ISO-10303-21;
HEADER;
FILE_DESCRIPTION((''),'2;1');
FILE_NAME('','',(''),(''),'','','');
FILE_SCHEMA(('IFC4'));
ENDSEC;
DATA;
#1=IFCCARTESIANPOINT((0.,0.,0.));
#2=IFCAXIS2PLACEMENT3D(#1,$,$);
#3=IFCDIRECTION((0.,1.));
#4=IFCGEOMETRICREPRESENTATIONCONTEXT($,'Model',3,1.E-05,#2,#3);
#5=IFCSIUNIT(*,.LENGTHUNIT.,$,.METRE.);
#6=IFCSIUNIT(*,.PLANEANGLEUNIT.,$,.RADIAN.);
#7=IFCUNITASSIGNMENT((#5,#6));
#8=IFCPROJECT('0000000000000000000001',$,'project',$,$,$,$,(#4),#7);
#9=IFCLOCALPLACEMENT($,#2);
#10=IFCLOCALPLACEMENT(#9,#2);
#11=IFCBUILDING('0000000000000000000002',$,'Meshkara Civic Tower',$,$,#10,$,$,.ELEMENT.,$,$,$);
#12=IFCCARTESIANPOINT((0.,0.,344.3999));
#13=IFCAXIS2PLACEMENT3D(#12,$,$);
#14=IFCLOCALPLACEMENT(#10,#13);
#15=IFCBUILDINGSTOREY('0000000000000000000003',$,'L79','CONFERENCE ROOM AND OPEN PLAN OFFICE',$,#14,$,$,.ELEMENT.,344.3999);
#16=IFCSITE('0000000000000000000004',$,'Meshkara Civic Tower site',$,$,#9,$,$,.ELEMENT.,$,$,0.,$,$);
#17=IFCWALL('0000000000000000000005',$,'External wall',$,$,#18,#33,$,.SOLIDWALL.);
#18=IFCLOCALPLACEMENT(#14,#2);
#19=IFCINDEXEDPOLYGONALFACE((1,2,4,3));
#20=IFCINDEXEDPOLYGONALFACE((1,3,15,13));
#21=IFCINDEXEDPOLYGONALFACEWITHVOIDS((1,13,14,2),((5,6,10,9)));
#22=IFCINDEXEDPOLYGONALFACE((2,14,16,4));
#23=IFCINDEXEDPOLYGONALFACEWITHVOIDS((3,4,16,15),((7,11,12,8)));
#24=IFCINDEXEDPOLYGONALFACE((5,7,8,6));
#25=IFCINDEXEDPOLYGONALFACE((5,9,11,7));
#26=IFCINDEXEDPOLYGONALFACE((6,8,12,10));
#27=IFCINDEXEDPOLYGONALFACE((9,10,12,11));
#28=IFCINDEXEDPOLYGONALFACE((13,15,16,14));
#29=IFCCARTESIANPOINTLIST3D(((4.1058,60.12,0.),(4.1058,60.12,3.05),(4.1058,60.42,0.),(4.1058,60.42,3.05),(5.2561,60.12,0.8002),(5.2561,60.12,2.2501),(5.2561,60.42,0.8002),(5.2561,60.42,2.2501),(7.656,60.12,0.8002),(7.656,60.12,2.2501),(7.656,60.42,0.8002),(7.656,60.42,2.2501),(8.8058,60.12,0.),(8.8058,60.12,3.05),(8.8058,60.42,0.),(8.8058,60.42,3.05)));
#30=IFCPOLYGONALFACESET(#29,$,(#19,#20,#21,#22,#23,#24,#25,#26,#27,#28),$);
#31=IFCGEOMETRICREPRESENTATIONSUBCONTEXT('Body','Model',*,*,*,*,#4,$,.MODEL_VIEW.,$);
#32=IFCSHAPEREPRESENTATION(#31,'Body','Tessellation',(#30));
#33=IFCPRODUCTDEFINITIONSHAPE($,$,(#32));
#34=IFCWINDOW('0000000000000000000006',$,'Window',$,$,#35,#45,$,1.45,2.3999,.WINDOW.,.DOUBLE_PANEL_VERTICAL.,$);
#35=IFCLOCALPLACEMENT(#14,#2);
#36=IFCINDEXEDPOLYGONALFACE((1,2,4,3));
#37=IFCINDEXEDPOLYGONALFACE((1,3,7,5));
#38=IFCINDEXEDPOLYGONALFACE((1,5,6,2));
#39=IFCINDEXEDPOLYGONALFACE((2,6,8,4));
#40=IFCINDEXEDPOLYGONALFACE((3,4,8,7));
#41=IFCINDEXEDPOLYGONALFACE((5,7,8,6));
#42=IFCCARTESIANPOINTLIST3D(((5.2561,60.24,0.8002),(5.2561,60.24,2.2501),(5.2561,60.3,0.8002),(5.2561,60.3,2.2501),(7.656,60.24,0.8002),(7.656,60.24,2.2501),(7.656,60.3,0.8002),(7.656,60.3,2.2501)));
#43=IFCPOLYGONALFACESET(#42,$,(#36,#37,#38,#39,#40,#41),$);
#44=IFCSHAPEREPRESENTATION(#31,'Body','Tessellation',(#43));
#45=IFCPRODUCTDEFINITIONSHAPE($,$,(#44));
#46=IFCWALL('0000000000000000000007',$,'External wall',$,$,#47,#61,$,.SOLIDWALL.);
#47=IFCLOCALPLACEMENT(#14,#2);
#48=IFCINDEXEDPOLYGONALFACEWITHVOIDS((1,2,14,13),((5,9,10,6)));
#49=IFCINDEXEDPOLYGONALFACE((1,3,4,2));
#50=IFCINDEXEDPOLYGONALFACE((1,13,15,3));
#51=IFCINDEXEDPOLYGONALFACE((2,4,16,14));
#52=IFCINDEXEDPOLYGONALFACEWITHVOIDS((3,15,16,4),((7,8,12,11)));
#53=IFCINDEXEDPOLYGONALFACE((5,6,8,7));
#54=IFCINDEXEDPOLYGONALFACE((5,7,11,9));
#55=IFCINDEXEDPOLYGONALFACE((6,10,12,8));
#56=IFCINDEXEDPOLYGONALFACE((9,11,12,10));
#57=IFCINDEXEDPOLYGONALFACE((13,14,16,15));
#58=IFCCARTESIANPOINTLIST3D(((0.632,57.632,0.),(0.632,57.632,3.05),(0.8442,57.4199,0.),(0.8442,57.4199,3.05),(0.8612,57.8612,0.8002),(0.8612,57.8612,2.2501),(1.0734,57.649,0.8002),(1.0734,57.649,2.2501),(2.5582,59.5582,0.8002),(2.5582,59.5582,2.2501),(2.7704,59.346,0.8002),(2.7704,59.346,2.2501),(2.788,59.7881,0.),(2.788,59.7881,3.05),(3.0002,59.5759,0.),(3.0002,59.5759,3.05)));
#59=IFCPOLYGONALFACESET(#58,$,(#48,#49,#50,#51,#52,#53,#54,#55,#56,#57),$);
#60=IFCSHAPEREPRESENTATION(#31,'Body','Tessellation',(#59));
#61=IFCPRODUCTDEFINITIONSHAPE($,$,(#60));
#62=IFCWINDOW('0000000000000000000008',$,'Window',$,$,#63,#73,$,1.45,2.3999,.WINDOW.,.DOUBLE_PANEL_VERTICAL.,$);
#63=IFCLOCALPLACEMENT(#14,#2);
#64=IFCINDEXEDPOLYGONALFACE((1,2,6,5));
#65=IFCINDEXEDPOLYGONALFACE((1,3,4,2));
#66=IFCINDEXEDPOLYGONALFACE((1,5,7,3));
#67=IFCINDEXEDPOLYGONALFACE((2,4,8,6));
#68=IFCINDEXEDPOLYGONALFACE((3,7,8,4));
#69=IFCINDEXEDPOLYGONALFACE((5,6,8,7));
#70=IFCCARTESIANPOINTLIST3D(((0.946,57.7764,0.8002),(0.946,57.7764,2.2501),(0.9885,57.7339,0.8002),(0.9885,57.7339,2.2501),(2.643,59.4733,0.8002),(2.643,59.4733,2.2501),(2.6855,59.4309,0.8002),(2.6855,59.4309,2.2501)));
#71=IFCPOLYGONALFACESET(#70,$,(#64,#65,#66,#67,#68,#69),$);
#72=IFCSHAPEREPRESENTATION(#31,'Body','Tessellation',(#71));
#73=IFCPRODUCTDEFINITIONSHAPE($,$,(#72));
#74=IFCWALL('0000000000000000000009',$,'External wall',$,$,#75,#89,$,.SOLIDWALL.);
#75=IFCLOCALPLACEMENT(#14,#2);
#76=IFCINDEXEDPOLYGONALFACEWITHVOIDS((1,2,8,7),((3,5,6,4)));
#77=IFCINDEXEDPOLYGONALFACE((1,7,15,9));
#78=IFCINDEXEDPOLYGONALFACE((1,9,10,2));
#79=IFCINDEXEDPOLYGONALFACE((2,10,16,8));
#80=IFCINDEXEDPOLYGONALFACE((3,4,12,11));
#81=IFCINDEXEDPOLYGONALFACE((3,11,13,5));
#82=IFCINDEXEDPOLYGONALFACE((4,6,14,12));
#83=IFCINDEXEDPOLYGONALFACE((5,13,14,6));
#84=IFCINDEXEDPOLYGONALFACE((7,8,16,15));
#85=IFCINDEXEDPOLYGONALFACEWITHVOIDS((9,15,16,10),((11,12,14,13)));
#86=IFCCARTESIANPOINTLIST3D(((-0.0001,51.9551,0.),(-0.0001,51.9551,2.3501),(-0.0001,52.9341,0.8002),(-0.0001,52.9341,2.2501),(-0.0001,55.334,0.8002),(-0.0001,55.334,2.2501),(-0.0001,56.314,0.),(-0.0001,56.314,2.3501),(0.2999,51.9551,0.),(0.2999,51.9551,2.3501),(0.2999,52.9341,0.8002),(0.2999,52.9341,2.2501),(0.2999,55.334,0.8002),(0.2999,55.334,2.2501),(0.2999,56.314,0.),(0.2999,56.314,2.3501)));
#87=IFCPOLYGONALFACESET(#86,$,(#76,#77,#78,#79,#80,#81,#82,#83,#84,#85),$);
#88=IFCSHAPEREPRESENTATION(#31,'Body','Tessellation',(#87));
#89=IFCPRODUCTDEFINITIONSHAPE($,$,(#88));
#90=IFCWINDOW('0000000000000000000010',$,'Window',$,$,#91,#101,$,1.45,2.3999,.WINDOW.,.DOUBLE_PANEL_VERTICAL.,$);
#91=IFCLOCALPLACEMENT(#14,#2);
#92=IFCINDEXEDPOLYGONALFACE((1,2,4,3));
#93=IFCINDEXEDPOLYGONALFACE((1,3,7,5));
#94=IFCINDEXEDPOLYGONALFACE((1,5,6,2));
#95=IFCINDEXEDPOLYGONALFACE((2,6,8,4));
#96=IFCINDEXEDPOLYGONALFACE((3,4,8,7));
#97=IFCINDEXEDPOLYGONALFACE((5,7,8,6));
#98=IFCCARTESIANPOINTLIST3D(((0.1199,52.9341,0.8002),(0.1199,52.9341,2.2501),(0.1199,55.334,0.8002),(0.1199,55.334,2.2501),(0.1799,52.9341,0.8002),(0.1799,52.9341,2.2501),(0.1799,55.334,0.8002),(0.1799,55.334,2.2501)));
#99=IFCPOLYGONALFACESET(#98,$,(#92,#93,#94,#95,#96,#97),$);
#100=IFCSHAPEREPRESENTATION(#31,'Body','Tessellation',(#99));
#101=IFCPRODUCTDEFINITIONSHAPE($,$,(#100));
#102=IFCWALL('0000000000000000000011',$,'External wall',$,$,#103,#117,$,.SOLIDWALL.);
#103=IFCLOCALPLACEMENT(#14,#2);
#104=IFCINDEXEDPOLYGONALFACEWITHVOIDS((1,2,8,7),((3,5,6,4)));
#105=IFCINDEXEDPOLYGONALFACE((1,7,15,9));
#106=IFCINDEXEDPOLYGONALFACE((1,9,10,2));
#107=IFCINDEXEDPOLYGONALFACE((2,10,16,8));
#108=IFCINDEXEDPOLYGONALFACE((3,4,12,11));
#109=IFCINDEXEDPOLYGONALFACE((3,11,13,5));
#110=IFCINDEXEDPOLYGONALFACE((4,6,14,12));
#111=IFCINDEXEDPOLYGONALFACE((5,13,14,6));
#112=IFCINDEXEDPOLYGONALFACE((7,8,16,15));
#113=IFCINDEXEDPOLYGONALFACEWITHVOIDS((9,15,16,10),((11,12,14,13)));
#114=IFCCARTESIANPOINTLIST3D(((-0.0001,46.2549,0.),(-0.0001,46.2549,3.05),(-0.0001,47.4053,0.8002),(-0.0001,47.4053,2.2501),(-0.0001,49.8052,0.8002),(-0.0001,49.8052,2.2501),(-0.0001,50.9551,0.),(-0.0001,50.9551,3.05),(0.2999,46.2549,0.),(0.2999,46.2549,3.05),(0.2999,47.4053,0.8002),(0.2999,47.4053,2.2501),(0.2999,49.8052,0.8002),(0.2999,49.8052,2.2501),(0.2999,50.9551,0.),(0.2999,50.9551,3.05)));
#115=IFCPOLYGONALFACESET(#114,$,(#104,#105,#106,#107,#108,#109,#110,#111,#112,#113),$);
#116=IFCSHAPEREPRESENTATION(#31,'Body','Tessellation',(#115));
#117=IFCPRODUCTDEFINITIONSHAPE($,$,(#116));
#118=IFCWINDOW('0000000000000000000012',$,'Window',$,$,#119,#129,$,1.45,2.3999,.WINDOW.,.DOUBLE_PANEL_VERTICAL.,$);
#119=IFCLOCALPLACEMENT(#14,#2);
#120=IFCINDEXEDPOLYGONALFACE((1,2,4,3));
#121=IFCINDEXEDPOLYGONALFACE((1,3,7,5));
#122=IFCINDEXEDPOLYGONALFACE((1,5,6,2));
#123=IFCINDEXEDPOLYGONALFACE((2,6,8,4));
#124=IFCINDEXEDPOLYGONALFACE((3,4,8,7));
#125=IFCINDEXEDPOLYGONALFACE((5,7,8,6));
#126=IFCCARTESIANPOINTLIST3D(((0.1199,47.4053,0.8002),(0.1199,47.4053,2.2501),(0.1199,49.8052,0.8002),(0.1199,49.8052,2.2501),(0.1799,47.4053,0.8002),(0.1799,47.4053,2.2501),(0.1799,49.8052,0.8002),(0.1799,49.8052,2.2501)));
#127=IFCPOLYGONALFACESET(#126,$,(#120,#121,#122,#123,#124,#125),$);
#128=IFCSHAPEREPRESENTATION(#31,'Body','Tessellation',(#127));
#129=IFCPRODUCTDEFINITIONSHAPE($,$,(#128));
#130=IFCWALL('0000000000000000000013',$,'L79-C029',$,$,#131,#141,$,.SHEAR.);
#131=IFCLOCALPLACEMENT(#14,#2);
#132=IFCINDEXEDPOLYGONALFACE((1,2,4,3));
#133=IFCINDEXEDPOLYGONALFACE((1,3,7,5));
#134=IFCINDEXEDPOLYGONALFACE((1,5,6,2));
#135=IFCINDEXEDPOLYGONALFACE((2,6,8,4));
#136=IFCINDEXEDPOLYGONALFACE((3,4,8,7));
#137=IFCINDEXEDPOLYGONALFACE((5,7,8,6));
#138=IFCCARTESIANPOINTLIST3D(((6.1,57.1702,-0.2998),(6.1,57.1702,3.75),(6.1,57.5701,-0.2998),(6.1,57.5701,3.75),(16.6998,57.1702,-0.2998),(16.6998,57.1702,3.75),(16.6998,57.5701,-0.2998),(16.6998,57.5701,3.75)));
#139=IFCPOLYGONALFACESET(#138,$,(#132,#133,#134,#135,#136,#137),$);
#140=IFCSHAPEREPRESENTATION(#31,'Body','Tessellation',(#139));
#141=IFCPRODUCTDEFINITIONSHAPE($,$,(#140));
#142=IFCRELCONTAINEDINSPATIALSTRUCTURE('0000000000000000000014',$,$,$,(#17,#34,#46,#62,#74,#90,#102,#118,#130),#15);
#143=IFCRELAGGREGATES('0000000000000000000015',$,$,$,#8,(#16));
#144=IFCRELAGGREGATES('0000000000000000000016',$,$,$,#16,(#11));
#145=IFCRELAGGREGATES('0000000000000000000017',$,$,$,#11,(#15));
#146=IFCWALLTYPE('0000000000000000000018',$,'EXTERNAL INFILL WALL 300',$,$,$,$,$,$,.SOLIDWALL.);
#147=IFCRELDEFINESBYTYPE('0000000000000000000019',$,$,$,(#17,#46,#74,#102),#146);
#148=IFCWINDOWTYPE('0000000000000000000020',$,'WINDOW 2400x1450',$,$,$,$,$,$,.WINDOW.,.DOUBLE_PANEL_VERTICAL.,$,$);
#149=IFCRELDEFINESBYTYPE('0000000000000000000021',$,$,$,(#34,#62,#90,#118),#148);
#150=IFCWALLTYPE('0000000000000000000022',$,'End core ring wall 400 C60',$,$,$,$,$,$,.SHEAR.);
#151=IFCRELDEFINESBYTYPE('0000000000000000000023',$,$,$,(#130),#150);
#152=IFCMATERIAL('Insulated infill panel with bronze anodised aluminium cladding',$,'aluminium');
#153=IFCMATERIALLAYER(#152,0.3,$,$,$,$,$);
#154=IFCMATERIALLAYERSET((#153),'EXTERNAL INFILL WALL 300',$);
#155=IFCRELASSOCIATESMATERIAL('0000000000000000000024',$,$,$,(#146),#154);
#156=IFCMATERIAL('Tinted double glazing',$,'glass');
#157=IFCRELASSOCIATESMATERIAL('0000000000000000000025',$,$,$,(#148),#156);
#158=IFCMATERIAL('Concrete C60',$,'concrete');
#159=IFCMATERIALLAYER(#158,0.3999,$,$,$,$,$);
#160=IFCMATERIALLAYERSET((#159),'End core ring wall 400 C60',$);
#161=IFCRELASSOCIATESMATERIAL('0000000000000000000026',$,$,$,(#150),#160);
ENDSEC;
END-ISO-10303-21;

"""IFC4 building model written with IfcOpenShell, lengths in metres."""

from ifc_helpers import new_model, si_unit, direction, frame, frame_2d, origin, place, context, subcontext, project, spatial, rectangle, extrude, material, layer, layer_set, type_object, element, fill, save


model = new_model("IFC4")

# Units and contexts
model_context = context("Model", 3, precision=1e-05, world=origin(), true_north=direction((0.0, 1.0)))
body_context = subcontext(model_context, "Body", "Model", "MODEL_VIEW")
ifc_project = project(units=[si_unit("LENGTHUNIT", "METRE"), si_unit("PLANEANGLEUNIT", "RADIAN")], contexts=[model_context])

# Site, building, storey
site_placement = place(None, origin())
site = spatial("IfcSite", under=ifc_project, at=site_placement, Name="Meshkara Civic Tower site", CompositionType="ELEMENT", RefElevation=0.0)
building_placement = place(site_placement, origin())
building = spatial("IfcBuilding", under=site, at=building_placement, Name="Meshkara Civic Tower", CompositionType="ELEMENT")
storey_placement = place(building_placement, frame((0.0, 0.0, 344.3999)))
storey = spatial("IfcBuildingStorey", under=building, at=storey_placement, Name="L79", Description="CONFERENCE ROOM AND OPEN PLAN OFFICE", CompositionType="ELEMENT", Elevation=344.3999)

# Walls, openings, windows
ifc_material_1 = material(Name="Insulated infill panel with bronze anodised aluminium cladding", Category="aluminium")
ifc_layer_1 = layer(ifc_material_1, 0.3)
ifc_layer_set_1 = layer_set([ifc_layer_1], Name="EXTERNAL INFILL WALL 300")
wall_type_1 = type_object("IfcWallType", Name="EXTERNAL INFILL WALL 300", PredefinedType="SOLIDWALL", material=ifc_layer_set_1)
wall_1_placement = place(storey_placement, frame((8.8059, 60.27, 0.0), z_axis=(0.0, 0.0, 1.0), x_axis=(-1.0, 0.0, 0.0)))
wall_1 = element("IfcWall", 1, at=wall_1_placement, inside=storey, type_object=wall_type_1, Name="External wall", PredefinedType="SOLIDWALL", context=body_context, shape_type="SweptSolid", body=[
    extrude(rectangle(XDim=4.7, YDim=0.3, at=frame_2d((2.3501, 0.0))), origin(), (0.0, 0.0, 1.0), 3.05),
])
opening_1_placement = place(wall_1_placement, frame((1.1499, 0.0, 0.8)))
opening_1 = element("IfcOpeningElement", 2, at=opening_1_placement, cuts=wall_1, PredefinedType="OPENING", context=body_context, shape_type="SweptSolid", body=[
    extrude(rectangle(XDim=2.3999, YDim=1.45, at=frame_2d((1.2, 0.7251))), frame((0.0, 0.1599, 0.0), z_axis=(0.0, -1.0, 0.0), x_axis=(1.0, 0.0, 0.0)), (0.0, 0.0, 1.0), 0.3201),
])
ifc_material_2 = material(Name="Tinted double glazing", Category="glass")
window_type = type_object("IfcWindowType", Name="WINDOW 2400x1450", PartitioningType="DOUBLE_PANEL_VERTICAL", PredefinedType="WINDOW", material=ifc_material_2)
window_1_placement = place(opening_1_placement, origin())
window_1 = element("IfcWindow", 3, at=window_1_placement, inside=storey, type_object=window_type, Name="Window", OverallHeight=1.45, OverallWidth=2.3999, PartitioningType="DOUBLE_PANEL_VERTICAL", PredefinedType="WINDOW", context=body_context, shape_type="SweptSolid", body=[
    extrude(rectangle(XDim=2.3999, YDim=1.45, at=frame_2d((1.2, 0.7251))), frame((0.0, 0.03, 0.0), z_axis=(0.0, -1.0, 0.0), x_axis=(1.0, 0.0, 0.0)), (0.0, 0.0, 1.0), 0.0601),
])
fill(opening_1, window_1)
wall_2_placement = place(storey_placement, frame((2.894, 59.6819, 0.0), z_axis=(0.0, 0.0, 1.0), x_axis=(-0.707107, -0.707107, 0.0)))
wall_2 = element("IfcWall", 4, at=wall_2_placement, inside=storey, type_object=wall_type_1, Name="External wall", PredefinedType="SOLIDWALL", context=body_context, shape_type="SweptSolid", body=[
    extrude(rectangle(XDim=3.0491, YDim=0.3, at=frame_2d((1.5244, 0.0))), origin(), (0.0, 0.0, 1.0), 3.05),
])
opening_2_placement = place(wall_2_placement, frame((0.325, 0.0, 0.8)))
opening_2 = element("IfcOpeningElement", 5, at=opening_2_placement, cuts=wall_2, PredefinedType="OPENING", context=body_context, shape_type="SweptSolid", body=[
    extrude(rectangle(XDim=2.3999, YDim=1.45, at=frame_2d((1.2, 0.7251))), frame((0.0, 0.1599, 0.0), z_axis=(0.0, -1.0, 0.0), x_axis=(1.0, 0.0, 0.0)), (0.0, 0.0, 1.0), 0.3201),
])
window_2_placement = place(opening_2_placement, origin())
window_2 = element("IfcWindow", 6, at=window_2_placement, inside=storey, type_object=window_type, Name="Window", OverallHeight=1.45, OverallWidth=2.3999, PartitioningType="DOUBLE_PANEL_VERTICAL", PredefinedType="WINDOW", context=body_context, shape_type="SweptSolid", body=[
    extrude(rectangle(XDim=2.3999, YDim=1.45, at=frame_2d((1.2, 0.7251))), frame((0.0, 0.03, 0.0), z_axis=(0.0, -1.0, 0.0), x_axis=(1.0, 0.0, 0.0)), (0.0, 0.0, 1.0), 0.0601),
])
fill(opening_2, window_2)
wall_3_placement = place(storey_placement, frame((0.1499, 56.314, 0.0), z_axis=(0.0, 0.0, 1.0), x_axis=(0.0, -1.0, 0.0)))
wall_3 = element("IfcWall", 7, at=wall_3_placement, inside=storey, type_object=wall_type_1, Name="External wall", PredefinedType="SOLIDWALL", context=body_context, shape_type="SweptSolid", body=[
    extrude(rectangle(XDim=4.3589, YDim=0.3, at=frame_2d((2.1794, 0.0))), origin(), (0.0, 0.0, 1.0), 2.3501),
])
opening_3_placement = place(wall_3_placement, frame((0.98, 0.0, 0.8)))
opening_3 = element("IfcOpeningElement", 8, at=opening_3_placement, cuts=wall_3, PredefinedType="OPENING", context=body_context, shape_type="SweptSolid", body=[
    extrude(rectangle(XDim=2.3999, YDim=1.45, at=frame_2d((1.2, 0.7251))), frame((0.0, 0.1599, 0.0), z_axis=(0.0, -1.0, 0.0), x_axis=(1.0, 0.0, 0.0)), (0.0, 0.0, 1.0), 0.3201),
])
window_3_placement = place(opening_3_placement, origin())
window_3 = element("IfcWindow", 9, at=window_3_placement, inside=storey, type_object=window_type, Name="Window", OverallHeight=1.45, OverallWidth=2.3999, PartitioningType="DOUBLE_PANEL_VERTICAL", PredefinedType="WINDOW", context=body_context, shape_type="SweptSolid", body=[
    extrude(rectangle(XDim=2.3999, YDim=1.45, at=frame_2d((1.2, 0.7251))), frame((0.0, 0.03, 0.0), z_axis=(0.0, -1.0, 0.0), x_axis=(1.0, 0.0, 0.0)), (0.0, 0.0, 1.0), 0.0601),
])
fill(opening_3, window_3)
wall_4_placement = place(storey_placement, frame((0.1499, 50.9551, 0.0), z_axis=(0.0, 0.0, 1.0), x_axis=(0.0, -1.0, 0.0)))
wall_4 = element("IfcWall", 10, at=wall_4_placement, inside=storey, type_object=wall_type_1, Name="External wall", PredefinedType="SOLIDWALL", context=body_context, shape_type="SweptSolid", body=[
    extrude(rectangle(XDim=4.7002, YDim=0.3, at=frame_2d((2.3501, 0.0))), origin(), (0.0, 0.0, 1.0), 3.05),
])
opening_4_placement = place(wall_4_placement, frame((1.1499, 0.0, 0.8)))
opening_4 = element("IfcOpeningElement", 11, at=opening_4_placement, cuts=wall_4, PredefinedType="OPENING", context=body_context, shape_type="SweptSolid", body=[
    extrude(rectangle(XDim=2.3999, YDim=1.45, at=frame_2d((1.2, 0.7251))), frame((0.0, 0.1599, 0.0), z_axis=(0.0, -1.0, 0.0), x_axis=(1.0, 0.0, 0.0)), (0.0, 0.0, 1.0), 0.3201),
])
window_4_placement = place(opening_4_placement, origin())
window_4 = element("IfcWindow", 12, at=window_4_placement, inside=storey, type_object=window_type, Name="Window", OverallHeight=1.45, OverallWidth=2.3999, PartitioningType="DOUBLE_PANEL_VERTICAL", PredefinedType="WINDOW", context=body_context, shape_type="SweptSolid", body=[
    extrude(rectangle(XDim=2.3999, YDim=1.45, at=frame_2d((1.2, 0.7251))), frame((0.0, 0.03, 0.0), z_axis=(0.0, -1.0, 0.0), x_axis=(1.0, 0.0, 0.0)), (0.0, 0.0, 1.0), 0.0601),
])
fill(opening_4, window_4)

# Wall
ifc_material_3 = material(Name="Concrete C60", Category="concrete")
ifc_layer_2 = layer(ifc_material_3, 0.3999)
ifc_layer_set_2 = layer_set([ifc_layer_2], Name="End core ring wall 400 C60")
wall_type_2 = type_object("IfcWallType", Name="End core ring wall 400 C60", PredefinedType="SHEAR", material=ifc_layer_set_2)
wall_5_placement = place(storey_placement, frame((6.1001, 57.3701, -0.2998), z_axis=(0.0, 0.0, 1.0), x_axis=(1.0, 0.0, 0.0)))
element("IfcWall", 13, at=wall_5_placement, inside=storey, type_object=wall_type_2, Name="L79-C029", PredefinedType="SHEAR", context=body_context, shape_type="SweptSolid", body=[
    extrude(rectangle(XDim=10.5999, YDim=0.3999, at=frame_2d((5.2998, 0.0))), origin(), (0.0, 0.0, 1.0), 4.0498),
])

save(model, "model.ifc")
